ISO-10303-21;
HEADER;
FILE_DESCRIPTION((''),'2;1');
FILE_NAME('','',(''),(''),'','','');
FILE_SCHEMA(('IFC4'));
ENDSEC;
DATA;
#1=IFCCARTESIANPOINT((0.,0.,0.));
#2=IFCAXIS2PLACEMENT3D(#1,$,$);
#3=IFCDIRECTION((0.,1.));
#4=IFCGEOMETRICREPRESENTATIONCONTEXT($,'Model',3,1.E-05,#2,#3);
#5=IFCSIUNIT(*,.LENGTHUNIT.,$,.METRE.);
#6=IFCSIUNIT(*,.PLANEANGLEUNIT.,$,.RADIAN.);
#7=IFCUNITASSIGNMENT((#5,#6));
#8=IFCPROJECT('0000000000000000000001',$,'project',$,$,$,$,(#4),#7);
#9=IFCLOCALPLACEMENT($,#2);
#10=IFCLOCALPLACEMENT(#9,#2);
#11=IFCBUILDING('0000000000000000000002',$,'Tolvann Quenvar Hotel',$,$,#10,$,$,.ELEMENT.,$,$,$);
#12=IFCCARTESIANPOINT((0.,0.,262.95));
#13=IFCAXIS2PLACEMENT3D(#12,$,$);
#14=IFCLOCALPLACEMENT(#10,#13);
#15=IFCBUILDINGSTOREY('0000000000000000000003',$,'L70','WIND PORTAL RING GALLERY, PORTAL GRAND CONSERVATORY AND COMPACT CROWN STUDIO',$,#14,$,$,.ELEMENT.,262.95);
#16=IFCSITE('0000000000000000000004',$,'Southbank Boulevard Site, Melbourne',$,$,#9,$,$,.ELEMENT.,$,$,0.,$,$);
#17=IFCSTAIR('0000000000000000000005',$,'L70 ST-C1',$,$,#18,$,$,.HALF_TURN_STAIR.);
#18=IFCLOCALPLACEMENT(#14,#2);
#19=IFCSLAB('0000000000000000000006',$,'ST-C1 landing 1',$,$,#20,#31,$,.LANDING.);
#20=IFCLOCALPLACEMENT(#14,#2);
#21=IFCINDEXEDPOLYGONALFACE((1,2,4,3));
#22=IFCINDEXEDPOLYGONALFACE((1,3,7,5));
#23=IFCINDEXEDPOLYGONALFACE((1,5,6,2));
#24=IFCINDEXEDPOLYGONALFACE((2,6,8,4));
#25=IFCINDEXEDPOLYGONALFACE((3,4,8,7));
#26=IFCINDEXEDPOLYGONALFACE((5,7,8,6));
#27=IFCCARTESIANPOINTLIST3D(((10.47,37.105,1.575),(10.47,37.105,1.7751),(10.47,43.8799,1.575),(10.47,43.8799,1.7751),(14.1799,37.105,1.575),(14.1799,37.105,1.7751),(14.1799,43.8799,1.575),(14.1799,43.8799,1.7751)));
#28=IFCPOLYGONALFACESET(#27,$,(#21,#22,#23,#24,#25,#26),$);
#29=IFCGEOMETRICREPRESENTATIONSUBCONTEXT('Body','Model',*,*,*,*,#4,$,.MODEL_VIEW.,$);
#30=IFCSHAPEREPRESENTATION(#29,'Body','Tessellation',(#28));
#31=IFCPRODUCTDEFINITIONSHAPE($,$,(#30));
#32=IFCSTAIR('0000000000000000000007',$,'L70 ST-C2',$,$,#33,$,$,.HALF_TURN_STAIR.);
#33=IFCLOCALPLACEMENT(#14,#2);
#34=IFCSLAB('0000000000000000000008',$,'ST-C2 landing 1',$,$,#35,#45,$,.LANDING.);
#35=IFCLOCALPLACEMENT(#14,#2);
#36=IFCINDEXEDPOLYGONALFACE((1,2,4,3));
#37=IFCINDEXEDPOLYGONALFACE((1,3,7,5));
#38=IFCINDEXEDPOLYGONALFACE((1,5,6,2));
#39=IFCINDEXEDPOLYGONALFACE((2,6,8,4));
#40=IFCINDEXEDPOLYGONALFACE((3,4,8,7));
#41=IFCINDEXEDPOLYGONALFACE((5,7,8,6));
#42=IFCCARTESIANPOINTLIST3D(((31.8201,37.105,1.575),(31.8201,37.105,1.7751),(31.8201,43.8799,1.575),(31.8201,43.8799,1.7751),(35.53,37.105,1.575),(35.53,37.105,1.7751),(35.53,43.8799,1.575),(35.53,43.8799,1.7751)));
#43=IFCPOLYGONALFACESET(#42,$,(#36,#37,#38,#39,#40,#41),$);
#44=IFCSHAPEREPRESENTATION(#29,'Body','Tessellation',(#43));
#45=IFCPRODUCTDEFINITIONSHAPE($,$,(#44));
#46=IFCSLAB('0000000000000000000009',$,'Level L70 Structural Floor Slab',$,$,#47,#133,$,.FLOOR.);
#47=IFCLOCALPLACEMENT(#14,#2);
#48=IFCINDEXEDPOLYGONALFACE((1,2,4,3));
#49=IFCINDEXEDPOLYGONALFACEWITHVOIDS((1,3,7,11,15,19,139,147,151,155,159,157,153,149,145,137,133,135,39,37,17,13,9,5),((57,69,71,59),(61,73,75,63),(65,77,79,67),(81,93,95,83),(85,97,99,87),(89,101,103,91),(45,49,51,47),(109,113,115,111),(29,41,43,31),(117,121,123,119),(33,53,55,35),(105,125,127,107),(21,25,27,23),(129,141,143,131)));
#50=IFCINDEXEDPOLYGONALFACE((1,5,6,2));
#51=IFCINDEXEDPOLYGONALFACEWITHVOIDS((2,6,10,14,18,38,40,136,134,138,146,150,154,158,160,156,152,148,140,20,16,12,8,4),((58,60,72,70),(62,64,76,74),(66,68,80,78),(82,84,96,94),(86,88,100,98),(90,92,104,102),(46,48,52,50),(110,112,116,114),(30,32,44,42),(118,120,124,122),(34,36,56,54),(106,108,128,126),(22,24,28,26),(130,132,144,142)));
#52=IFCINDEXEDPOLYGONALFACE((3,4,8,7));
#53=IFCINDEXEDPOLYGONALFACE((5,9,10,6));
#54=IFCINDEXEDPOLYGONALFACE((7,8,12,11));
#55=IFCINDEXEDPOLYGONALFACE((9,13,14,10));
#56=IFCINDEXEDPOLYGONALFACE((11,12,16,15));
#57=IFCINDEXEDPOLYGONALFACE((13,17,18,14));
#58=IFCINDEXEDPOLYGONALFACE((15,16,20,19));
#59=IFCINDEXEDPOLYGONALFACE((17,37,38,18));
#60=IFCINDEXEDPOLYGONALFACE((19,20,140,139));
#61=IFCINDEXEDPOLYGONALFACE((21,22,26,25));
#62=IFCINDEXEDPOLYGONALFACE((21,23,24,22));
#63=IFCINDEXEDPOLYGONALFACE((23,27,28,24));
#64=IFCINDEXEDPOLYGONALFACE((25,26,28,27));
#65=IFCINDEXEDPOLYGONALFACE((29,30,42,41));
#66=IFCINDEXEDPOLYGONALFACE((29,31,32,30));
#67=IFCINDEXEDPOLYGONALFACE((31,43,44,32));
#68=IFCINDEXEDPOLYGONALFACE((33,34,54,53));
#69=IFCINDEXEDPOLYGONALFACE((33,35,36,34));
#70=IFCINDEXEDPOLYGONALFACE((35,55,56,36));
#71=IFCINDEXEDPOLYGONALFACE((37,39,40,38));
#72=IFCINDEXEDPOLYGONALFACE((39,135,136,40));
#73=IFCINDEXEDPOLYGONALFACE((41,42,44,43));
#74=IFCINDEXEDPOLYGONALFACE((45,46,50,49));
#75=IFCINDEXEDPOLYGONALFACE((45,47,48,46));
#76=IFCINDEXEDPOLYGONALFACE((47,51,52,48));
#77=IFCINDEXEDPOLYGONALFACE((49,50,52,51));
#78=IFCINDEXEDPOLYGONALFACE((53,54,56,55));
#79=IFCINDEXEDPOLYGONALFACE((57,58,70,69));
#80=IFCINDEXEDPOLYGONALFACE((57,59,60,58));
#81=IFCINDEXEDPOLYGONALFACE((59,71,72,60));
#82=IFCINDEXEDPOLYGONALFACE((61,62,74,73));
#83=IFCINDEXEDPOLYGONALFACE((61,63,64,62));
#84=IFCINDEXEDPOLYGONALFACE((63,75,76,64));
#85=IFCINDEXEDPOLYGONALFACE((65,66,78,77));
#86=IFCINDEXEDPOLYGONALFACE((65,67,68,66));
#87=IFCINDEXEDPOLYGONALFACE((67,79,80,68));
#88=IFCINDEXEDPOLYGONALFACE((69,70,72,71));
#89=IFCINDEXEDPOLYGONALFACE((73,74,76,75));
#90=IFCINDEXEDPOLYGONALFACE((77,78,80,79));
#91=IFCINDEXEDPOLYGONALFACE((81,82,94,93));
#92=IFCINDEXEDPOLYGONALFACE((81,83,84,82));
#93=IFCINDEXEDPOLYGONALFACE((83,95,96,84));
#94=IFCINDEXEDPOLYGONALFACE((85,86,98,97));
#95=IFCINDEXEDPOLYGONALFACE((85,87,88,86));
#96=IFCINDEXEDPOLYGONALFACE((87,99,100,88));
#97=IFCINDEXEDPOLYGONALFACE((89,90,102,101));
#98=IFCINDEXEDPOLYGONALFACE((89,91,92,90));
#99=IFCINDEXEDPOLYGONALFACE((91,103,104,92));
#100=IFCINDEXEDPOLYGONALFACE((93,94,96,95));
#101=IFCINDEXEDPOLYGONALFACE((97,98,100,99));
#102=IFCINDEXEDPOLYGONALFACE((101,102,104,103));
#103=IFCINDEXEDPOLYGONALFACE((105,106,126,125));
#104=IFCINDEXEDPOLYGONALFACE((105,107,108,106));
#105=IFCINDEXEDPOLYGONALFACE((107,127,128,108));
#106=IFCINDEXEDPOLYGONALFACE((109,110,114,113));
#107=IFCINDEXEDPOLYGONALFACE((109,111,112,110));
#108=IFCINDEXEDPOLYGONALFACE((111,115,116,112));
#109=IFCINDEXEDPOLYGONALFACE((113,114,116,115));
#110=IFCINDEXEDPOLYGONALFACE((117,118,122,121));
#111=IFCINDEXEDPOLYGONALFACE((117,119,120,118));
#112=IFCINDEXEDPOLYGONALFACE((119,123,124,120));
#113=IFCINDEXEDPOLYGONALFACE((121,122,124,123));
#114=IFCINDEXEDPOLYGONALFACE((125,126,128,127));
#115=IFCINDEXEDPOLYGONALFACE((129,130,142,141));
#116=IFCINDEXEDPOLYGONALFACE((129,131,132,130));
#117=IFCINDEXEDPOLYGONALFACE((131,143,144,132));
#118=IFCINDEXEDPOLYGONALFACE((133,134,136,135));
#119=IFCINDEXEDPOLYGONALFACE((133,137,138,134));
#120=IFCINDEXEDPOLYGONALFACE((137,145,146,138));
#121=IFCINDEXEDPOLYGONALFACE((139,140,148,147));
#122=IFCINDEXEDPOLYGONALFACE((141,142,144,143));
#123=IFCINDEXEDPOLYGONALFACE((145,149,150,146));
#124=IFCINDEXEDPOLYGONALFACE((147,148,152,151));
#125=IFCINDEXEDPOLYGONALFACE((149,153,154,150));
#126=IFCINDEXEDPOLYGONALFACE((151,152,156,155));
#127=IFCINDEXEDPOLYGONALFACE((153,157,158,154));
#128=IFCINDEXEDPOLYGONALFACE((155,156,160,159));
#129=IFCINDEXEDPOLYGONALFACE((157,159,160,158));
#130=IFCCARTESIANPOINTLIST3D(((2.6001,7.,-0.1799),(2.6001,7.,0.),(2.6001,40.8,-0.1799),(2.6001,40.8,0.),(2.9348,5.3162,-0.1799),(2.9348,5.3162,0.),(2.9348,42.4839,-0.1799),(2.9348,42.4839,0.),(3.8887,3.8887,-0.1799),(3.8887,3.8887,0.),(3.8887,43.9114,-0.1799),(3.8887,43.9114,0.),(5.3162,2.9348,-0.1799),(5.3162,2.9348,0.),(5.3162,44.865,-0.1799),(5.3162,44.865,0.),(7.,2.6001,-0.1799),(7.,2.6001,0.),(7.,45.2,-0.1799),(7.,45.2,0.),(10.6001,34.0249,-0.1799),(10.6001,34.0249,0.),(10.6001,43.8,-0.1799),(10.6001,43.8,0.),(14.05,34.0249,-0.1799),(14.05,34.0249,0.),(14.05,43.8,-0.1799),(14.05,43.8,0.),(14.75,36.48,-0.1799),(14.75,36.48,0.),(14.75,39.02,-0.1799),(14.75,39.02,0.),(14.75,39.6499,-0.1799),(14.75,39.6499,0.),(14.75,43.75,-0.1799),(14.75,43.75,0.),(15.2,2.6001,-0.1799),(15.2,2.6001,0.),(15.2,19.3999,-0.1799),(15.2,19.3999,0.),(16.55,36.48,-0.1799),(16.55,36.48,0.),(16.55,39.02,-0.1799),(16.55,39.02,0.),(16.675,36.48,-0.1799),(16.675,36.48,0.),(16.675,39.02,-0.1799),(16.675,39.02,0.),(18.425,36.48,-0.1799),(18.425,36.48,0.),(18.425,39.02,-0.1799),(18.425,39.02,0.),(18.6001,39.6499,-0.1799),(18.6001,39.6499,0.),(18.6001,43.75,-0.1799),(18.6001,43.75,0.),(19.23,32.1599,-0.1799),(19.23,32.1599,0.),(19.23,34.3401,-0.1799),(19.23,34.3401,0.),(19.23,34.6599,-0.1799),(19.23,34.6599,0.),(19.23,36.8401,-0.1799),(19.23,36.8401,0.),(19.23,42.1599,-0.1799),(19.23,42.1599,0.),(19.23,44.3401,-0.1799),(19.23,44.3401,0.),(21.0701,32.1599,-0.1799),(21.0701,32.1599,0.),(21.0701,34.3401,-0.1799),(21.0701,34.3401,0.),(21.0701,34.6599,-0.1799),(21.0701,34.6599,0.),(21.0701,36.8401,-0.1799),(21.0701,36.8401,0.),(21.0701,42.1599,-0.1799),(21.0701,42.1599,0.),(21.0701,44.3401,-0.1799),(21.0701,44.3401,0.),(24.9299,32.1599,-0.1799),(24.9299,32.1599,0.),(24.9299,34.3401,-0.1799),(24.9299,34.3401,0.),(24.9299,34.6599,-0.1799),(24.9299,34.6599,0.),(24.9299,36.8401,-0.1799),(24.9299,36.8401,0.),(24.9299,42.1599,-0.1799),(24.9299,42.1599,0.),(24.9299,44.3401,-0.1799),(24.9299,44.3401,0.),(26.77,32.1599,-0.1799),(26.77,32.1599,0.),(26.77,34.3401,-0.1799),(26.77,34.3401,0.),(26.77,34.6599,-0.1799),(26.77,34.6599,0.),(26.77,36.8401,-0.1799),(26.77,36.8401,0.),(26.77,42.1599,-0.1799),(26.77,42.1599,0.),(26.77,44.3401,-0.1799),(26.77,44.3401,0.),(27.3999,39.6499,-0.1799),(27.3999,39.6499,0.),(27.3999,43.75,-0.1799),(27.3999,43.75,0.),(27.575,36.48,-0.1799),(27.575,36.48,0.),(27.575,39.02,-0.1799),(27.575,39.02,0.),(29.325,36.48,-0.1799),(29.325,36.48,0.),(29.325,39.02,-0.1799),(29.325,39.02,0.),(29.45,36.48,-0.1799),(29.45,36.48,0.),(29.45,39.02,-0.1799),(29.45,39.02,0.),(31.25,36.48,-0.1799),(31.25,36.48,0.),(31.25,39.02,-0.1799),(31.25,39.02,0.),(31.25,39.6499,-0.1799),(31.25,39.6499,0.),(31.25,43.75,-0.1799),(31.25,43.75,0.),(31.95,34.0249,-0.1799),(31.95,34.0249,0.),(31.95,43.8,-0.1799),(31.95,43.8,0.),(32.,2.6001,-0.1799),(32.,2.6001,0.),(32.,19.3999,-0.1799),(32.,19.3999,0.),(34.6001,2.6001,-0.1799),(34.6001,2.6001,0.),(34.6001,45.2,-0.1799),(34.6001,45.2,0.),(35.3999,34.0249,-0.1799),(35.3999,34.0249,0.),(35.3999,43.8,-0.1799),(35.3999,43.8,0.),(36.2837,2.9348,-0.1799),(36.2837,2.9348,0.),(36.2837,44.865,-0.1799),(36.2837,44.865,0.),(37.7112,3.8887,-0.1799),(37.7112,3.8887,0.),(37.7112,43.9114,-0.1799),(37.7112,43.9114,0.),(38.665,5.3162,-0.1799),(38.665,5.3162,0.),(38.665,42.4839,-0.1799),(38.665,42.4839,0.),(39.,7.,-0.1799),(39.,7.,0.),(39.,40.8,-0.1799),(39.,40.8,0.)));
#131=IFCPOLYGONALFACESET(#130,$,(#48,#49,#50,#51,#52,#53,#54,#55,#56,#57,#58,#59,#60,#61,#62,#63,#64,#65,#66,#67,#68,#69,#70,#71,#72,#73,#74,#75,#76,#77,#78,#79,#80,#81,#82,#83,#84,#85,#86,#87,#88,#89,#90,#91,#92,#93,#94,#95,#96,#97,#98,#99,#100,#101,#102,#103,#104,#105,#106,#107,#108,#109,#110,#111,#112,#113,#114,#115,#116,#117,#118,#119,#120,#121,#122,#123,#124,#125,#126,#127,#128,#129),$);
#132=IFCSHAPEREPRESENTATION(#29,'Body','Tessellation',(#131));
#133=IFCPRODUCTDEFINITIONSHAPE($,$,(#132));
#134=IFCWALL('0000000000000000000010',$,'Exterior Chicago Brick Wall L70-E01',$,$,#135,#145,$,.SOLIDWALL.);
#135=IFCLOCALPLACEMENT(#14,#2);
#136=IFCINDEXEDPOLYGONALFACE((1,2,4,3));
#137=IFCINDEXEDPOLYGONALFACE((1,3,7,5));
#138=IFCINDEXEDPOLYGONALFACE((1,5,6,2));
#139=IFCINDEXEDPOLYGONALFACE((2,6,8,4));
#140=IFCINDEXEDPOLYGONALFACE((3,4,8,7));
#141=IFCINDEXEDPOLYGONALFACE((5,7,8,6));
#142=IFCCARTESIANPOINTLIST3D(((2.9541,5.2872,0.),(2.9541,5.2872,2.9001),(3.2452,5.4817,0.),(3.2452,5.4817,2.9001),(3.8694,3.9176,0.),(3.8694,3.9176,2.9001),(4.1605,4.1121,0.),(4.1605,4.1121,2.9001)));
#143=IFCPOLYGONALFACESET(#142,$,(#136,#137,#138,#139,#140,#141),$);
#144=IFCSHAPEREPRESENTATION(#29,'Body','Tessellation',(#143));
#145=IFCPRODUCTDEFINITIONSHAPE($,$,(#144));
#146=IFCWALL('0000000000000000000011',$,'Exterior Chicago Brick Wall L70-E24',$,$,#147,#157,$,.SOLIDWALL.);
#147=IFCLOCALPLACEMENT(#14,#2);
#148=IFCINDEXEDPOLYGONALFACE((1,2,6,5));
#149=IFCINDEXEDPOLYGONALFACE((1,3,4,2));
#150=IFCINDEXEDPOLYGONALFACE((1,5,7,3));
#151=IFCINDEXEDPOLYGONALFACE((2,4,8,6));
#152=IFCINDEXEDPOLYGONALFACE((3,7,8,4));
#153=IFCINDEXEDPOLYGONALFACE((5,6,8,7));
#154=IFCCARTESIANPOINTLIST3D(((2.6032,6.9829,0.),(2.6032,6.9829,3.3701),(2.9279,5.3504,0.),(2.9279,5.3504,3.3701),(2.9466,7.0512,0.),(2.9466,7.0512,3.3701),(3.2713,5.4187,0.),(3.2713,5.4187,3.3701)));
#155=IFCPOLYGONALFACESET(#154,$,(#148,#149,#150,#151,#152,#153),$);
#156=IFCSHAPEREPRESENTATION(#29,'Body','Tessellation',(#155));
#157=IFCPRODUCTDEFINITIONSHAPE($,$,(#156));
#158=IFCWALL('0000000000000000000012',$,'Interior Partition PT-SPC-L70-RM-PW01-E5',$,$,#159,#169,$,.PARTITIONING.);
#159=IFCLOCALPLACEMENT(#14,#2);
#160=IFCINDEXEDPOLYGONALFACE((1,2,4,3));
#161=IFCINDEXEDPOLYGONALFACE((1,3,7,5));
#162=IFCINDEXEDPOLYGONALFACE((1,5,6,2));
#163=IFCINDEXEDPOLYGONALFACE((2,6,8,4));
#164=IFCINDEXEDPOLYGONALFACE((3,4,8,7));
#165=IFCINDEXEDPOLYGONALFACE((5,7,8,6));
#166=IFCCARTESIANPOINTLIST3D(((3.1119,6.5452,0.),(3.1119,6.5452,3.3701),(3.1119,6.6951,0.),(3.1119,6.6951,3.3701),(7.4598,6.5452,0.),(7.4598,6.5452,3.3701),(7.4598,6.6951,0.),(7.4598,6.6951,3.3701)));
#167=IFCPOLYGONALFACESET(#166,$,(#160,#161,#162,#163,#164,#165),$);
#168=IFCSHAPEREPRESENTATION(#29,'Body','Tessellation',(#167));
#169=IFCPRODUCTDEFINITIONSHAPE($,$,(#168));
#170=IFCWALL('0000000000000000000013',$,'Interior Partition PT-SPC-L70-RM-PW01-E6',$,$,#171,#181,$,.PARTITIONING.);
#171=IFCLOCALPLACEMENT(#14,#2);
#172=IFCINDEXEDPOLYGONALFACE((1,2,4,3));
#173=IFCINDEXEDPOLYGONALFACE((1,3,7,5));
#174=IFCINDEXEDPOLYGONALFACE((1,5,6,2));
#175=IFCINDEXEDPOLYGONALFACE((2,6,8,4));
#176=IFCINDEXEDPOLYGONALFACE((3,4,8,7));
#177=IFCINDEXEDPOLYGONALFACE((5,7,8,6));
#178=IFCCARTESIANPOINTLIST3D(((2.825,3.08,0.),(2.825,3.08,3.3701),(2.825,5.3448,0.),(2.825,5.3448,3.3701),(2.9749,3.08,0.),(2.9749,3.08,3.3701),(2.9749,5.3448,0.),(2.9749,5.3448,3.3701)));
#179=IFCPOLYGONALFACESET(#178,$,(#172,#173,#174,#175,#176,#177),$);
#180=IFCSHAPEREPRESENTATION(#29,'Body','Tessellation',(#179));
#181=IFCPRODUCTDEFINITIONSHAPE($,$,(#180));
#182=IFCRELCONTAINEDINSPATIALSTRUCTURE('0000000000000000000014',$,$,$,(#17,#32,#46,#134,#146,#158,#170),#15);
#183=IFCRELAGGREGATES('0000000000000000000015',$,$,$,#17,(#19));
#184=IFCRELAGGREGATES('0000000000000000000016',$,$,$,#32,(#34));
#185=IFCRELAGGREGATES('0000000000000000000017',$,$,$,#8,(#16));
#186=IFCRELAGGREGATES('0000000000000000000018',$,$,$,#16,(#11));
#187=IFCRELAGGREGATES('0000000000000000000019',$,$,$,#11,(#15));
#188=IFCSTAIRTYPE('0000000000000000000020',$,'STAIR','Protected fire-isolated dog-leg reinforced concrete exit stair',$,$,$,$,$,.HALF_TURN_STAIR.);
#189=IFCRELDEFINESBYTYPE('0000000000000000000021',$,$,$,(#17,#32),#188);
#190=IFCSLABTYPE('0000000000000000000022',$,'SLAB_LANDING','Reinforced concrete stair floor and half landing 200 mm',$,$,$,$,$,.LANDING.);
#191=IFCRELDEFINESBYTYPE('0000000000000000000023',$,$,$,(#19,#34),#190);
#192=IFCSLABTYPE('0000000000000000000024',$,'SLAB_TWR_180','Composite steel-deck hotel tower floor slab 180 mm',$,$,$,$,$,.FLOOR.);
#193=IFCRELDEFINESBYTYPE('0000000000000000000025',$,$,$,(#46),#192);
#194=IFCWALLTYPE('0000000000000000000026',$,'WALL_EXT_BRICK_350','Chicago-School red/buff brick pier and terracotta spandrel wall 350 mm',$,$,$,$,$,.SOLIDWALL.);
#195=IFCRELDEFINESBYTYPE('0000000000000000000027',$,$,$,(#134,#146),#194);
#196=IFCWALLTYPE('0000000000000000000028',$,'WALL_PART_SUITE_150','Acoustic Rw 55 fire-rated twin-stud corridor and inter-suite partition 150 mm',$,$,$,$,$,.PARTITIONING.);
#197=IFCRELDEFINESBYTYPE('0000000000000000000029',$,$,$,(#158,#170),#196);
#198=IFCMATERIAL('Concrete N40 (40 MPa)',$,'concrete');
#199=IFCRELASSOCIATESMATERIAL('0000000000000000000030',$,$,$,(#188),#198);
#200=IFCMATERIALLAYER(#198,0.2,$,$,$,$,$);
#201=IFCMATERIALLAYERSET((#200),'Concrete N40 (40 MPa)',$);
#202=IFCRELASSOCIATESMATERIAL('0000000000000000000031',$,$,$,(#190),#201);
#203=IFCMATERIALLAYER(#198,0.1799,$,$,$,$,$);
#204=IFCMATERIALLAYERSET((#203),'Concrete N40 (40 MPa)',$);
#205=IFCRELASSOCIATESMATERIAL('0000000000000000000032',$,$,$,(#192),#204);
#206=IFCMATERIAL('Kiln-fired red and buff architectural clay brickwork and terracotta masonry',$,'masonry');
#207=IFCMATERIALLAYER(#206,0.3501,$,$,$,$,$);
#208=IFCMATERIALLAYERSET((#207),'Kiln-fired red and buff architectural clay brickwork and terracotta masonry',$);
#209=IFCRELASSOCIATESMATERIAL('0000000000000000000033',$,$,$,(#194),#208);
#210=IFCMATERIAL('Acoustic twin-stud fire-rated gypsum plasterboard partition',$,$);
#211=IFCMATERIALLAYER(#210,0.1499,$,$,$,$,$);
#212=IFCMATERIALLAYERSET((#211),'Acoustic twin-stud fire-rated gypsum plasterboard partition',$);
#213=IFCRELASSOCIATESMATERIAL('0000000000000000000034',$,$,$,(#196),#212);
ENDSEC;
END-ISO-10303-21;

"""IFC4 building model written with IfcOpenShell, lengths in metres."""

from ifc_helpers import new_model, si_unit, direction, frame, frame_2d, origin, place, context, subcontext, project, spatial, polyline, rectangle, outline, extrude, material, layer, layer_set, type_object, element, aggregate, save


model = new_model("IFC4")

# Units and contexts
model_context = context("Model", 3, precision=1e-05, world=origin(), true_north=direction((0.0, 1.0)))
body_context = subcontext(model_context, "Body", "Model", "MODEL_VIEW")
ifc_project = project(units=[si_unit("LENGTHUNIT", "METRE"), si_unit("PLANEANGLEUNIT", "RADIAN")], contexts=[model_context])

# Site, building, storey
site_placement = place(None, origin())
site = spatial("IfcSite", under=ifc_project, at=site_placement, Name="Southbank Boulevard Site, Melbourne", CompositionType="ELEMENT", RefElevation=0.0)
building_placement = place(site_placement, origin())
building = spatial("IfcBuilding", under=site, at=building_placement, Name="Tolvann Quenvar Hotel", CompositionType="ELEMENT")
storey_placement = place(building_placement, frame((0.0, 0.0, 262.95)))
storey = spatial("IfcBuildingStorey", under=building, at=storey_placement, Name="L70", Description="WIND PORTAL RING GALLERY, PORTAL GRAND CONSERVATORY AND COMPACT CROWN STUDIO", CompositionType="ELEMENT", Elevation=262.95)

# Stairs, slabs
ifc_material_1 = material(Name="Concrete N40 (40 MPa)", Category="concrete")
stair_type = type_object("IfcStairType", Name="STAIR", Description="Protected fire-isolated dog-leg reinforced concrete exit stair", PredefinedType="HALF_TURN_STAIR", material=ifc_material_1)
stair_1_placement = place(storey_placement, origin())
stair_1 = element("IfcStair", 1, at=stair_1_placement, inside=storey, type_object=stair_type, Name="L70 ST-C1", PredefinedType="HALF_TURN_STAIR")
ifc_layer_1 = layer(ifc_material_1, 0.2)
ifc_layer_set_1 = layer_set([ifc_layer_1], Name="Concrete N40 (40 MPa)")
slab_type_1 = type_object("IfcSlabType", Name="SLAB_LANDING", Description="Reinforced concrete stair floor and half landing 200 mm", PredefinedType="LANDING", material=ifc_layer_set_1)
slab_1_placement = place(storey_placement, frame((0.0, 0.0, 1.575)))
slab_1 = element("IfcSlab", 2, at=slab_1_placement, type_object=slab_type_1, Name="ST-C1 landing 1", PredefinedType="LANDING", context=body_context, shape_type="SweptSolid", body=[
    extrude(outline(polyline([(14.1799, 37.105), (14.1799, 43.8799), (10.47, 43.8799), (10.47, 37.105), (14.1799, 37.105)])), origin(), (0.0, 0.0, 1.0), 0.2002),
])
aggregate(stair_1, [slab_1])
stair_2_placement = place(storey_placement, origin())
stair_2 = element("IfcStair", 3, at=stair_2_placement, inside=storey, type_object=stair_type, Name="L70 ST-C2", PredefinedType="HALF_TURN_STAIR")
slab_2_placement = place(storey_placement, frame((0.0, 0.0, 1.575)))
slab_2 = element("IfcSlab", 4, at=slab_2_placement, type_object=slab_type_1, Name="ST-C2 landing 1", PredefinedType="LANDING", context=body_context, shape_type="SweptSolid", body=[
    extrude(outline(polyline([(35.53, 37.105), (35.53, 43.8799), (31.8201, 43.8799), (31.8201, 37.105), (35.53, 37.105)])), origin(), (0.0, 0.0, 1.0), 0.2002),
])
aggregate(stair_2, [slab_2])

# Slab
ifc_layer_2 = layer(ifc_material_1, 0.1799)
ifc_layer_set_2 = layer_set([ifc_layer_2], Name="Concrete N40 (40 MPa)")
slab_type_2 = type_object("IfcSlabType", Name="SLAB_TWR_180", Description="Composite steel-deck hotel tower floor slab 180 mm", PredefinedType="FLOOR", material=ifc_layer_set_2)
slab_3_placement = place(storey_placement, frame((0.0, 0.0, -0.1799)))
element("IfcSlab", 5, at=slab_3_placement, inside=storey, type_object=slab_type_2, Name="Level L70 Structural Floor Slab", PredefinedType="FLOOR", context=body_context, shape_type="SweptSolid", body=[
    extrude(outline(polyline([(2.6001, 7.0), (2.9348, 5.3162), (3.8887, 3.8887), (5.3162, 2.9348), (7.0, 2.6001), (15.2, 2.6001), (15.2, 19.3999), (32.0, 19.3999), (32.0, 2.6001), (34.6001, 2.6001), (36.2837, 2.9348), (37.7112, 3.8887), (38.665, 5.3162), (39.0, 7.0), (39.0, 40.8), (38.665, 42.4839), (37.7112, 43.9114), (36.2837, 44.865), (34.6001, 45.2), (7.0, 45.2), (5.3162, 44.865), (3.8887, 43.9114), (2.9348, 42.4839), (2.6001, 40.8), (2.6001, 7.0)]), holes=[polyline([(31.95, 34.0249), (31.95, 43.8), (35.3999, 43.8), (35.3999, 34.0249), (31.95, 34.0249)]), polyline([(27.3999, 43.75), (31.25, 43.75), (31.25, 39.6499), (27.3999, 39.6499), (27.3999, 43.75)]), polyline([(29.45, 39.02), (31.25, 39.02), (31.25, 36.48), (29.45, 36.48), (29.45, 39.02)]), polyline([(27.575, 39.02), (29.325, 39.02), (29.325, 36.48), (27.575, 36.48), (27.575, 39.02)]), polyline([(24.9299, 36.8401), (26.77, 36.8401), (26.77, 34.6599), (24.9299, 34.6599), (24.9299, 36.8401)]), polyline([(24.9299, 44.3401), (26.77, 44.3401), (26.77, 42.1599), (24.9299, 42.1599), (24.9299, 44.3401)]), polyline([(24.9299, 32.1599), (24.9299, 34.3401), (26.77, 34.3401), (26.77, 32.1599), (24.9299, 32.1599)]), polyline([(19.23, 36.8401), (21.0701, 36.8401), (21.0701, 34.6599), (19.23, 34.6599), (19.23, 36.8401)]), polyline([(19.23, 44.3401), (21.0701, 44.3401), (21.0701, 42.1599), (19.23, 42.1599), (19.23, 44.3401)]), polyline([(19.23, 32.1599), (19.23, 34.3401), (21.0701, 34.3401), (21.0701, 32.1599), (19.23, 32.1599)]), polyline([(14.75, 43.75), (18.6001, 43.75), (18.6001, 39.6499), (14.75, 39.6499), (14.75, 43.75)]), polyline([(16.675, 39.02), (18.425, 39.02), (18.425, 36.48), (16.675, 36.48), (16.675, 39.02)]), polyline([(14.75, 39.02), (16.55, 39.02), (16.55, 36.48), (14.75, 36.48), (14.75, 39.02)]), polyline([(10.6001, 34.0249), (10.6001, 43.8), (14.05, 43.8), (14.05, 34.0249), (10.6001, 34.0249)])]), origin(), (0.0, 0.0, 1.0), 0.1799),
])

# Walls
ifc_material_2 = material(Name="Kiln-fired red and buff architectural clay brickwork and terracotta masonry", Category="masonry")
ifc_layer_3 = layer(ifc_material_2, 0.3501)
ifc_layer_set_3 = layer_set([ifc_layer_3], Name="Kiln-fired red and buff architectural clay brickwork and terracotta masonry")
wall_type_1 = type_object("IfcWallType", Name="WALL_EXT_BRICK_350", Description="Chicago-School red/buff brick pier and terracotta spandrel wall 350 mm", PredefinedType="SOLIDWALL", material=ifc_layer_set_3)
wall_1_placement = place(storey_placement, frame((3.0996, 5.3845, 0.0), z_axis=(0.0, 0.0, 1.0), x_axis=(0.555623, -0.831434, 0.0)))
element("IfcWall", 6, at=wall_1_placement, inside=storey, type_object=wall_type_1, Name="Exterior Chicago Brick Wall L70-E01", PredefinedType="SOLIDWALL", context=body_context, shape_type="SweptSolid", body=[
    extrude(rectangle(XDim=1.6472, YDim=0.3501, at=frame_2d((0.8237, 0.0))), origin(), (0.0, 0.0, 1.0), 2.9001),
])
wall_2_placement = place(storey_placement, frame((2.7749, 7.0171, 0.0), z_axis=(0.0, 0.0, 1.0), x_axis=(0.195072, -0.980789, 0.0)))
element("IfcWall", 7, at=wall_2_placement, inside=storey, type_object=wall_type_1, Name="Exterior Chicago Brick Wall L70-E24", PredefinedType="SOLIDWALL", context=body_context, shape_type="SweptSolid", body=[
    extrude(rectangle(XDim=1.6646, YDim=0.3501, at=frame_2d((0.8323, 0.0))), origin(), (0.0, 0.0, 1.0), 3.3701),
])
ifc_material_3 = material(Name="Acoustic twin-stud fire-rated gypsum plasterboard partition")
ifc_layer_4 = layer(ifc_material_3, 0.1499)
ifc_layer_set_4 = layer_set([ifc_layer_4], Name="Acoustic twin-stud fire-rated gypsum plasterboard partition")
wall_type_2 = type_object("IfcWallType", Name="WALL_PART_SUITE_150", Description="Acoustic Rw 55 fire-rated twin-stud corridor and inter-suite partition 150 mm", PredefinedType="PARTITIONING", material=ifc_layer_set_4)
wall_3_placement = place(storey_placement, frame((3.1121, 6.6201, 0.0), z_axis=(0.0, 0.0, 1.0), x_axis=(1.0, 0.0, 0.0)))
element("IfcWall", 8, at=wall_3_placement, inside=storey, type_object=wall_type_2, Name="Interior Partition PT-SPC-L70-RM-PW01-E5", PredefinedType="PARTITIONING", context=body_context, shape_type="SweptSolid", body=[
    extrude(rectangle(XDim=4.3479, YDim=0.1499, at=frame_2d((2.1738, 0.0))), origin(), (0.0, 0.0, 1.0), 3.3701),
])
wall_4_placement = place(storey_placement, frame((2.8999, 3.0801, 0.0), z_axis=(0.0, 0.0, 1.0), x_axis=(0.0, 1.0, 0.0)))
element("IfcWall", 9, at=wall_4_placement, inside=storey, type_object=wall_type_2, Name="Interior Partition PT-SPC-L70-RM-PW01-E6", PredefinedType="PARTITIONING", context=body_context, shape_type="SweptSolid", body=[
    extrude(rectangle(XDim=2.2649, YDim=0.1499, at=frame_2d((1.1323, 0.0))), origin(), (0.0, 0.0, 1.0), 3.3701),
])

save(model, "model.ifc")
